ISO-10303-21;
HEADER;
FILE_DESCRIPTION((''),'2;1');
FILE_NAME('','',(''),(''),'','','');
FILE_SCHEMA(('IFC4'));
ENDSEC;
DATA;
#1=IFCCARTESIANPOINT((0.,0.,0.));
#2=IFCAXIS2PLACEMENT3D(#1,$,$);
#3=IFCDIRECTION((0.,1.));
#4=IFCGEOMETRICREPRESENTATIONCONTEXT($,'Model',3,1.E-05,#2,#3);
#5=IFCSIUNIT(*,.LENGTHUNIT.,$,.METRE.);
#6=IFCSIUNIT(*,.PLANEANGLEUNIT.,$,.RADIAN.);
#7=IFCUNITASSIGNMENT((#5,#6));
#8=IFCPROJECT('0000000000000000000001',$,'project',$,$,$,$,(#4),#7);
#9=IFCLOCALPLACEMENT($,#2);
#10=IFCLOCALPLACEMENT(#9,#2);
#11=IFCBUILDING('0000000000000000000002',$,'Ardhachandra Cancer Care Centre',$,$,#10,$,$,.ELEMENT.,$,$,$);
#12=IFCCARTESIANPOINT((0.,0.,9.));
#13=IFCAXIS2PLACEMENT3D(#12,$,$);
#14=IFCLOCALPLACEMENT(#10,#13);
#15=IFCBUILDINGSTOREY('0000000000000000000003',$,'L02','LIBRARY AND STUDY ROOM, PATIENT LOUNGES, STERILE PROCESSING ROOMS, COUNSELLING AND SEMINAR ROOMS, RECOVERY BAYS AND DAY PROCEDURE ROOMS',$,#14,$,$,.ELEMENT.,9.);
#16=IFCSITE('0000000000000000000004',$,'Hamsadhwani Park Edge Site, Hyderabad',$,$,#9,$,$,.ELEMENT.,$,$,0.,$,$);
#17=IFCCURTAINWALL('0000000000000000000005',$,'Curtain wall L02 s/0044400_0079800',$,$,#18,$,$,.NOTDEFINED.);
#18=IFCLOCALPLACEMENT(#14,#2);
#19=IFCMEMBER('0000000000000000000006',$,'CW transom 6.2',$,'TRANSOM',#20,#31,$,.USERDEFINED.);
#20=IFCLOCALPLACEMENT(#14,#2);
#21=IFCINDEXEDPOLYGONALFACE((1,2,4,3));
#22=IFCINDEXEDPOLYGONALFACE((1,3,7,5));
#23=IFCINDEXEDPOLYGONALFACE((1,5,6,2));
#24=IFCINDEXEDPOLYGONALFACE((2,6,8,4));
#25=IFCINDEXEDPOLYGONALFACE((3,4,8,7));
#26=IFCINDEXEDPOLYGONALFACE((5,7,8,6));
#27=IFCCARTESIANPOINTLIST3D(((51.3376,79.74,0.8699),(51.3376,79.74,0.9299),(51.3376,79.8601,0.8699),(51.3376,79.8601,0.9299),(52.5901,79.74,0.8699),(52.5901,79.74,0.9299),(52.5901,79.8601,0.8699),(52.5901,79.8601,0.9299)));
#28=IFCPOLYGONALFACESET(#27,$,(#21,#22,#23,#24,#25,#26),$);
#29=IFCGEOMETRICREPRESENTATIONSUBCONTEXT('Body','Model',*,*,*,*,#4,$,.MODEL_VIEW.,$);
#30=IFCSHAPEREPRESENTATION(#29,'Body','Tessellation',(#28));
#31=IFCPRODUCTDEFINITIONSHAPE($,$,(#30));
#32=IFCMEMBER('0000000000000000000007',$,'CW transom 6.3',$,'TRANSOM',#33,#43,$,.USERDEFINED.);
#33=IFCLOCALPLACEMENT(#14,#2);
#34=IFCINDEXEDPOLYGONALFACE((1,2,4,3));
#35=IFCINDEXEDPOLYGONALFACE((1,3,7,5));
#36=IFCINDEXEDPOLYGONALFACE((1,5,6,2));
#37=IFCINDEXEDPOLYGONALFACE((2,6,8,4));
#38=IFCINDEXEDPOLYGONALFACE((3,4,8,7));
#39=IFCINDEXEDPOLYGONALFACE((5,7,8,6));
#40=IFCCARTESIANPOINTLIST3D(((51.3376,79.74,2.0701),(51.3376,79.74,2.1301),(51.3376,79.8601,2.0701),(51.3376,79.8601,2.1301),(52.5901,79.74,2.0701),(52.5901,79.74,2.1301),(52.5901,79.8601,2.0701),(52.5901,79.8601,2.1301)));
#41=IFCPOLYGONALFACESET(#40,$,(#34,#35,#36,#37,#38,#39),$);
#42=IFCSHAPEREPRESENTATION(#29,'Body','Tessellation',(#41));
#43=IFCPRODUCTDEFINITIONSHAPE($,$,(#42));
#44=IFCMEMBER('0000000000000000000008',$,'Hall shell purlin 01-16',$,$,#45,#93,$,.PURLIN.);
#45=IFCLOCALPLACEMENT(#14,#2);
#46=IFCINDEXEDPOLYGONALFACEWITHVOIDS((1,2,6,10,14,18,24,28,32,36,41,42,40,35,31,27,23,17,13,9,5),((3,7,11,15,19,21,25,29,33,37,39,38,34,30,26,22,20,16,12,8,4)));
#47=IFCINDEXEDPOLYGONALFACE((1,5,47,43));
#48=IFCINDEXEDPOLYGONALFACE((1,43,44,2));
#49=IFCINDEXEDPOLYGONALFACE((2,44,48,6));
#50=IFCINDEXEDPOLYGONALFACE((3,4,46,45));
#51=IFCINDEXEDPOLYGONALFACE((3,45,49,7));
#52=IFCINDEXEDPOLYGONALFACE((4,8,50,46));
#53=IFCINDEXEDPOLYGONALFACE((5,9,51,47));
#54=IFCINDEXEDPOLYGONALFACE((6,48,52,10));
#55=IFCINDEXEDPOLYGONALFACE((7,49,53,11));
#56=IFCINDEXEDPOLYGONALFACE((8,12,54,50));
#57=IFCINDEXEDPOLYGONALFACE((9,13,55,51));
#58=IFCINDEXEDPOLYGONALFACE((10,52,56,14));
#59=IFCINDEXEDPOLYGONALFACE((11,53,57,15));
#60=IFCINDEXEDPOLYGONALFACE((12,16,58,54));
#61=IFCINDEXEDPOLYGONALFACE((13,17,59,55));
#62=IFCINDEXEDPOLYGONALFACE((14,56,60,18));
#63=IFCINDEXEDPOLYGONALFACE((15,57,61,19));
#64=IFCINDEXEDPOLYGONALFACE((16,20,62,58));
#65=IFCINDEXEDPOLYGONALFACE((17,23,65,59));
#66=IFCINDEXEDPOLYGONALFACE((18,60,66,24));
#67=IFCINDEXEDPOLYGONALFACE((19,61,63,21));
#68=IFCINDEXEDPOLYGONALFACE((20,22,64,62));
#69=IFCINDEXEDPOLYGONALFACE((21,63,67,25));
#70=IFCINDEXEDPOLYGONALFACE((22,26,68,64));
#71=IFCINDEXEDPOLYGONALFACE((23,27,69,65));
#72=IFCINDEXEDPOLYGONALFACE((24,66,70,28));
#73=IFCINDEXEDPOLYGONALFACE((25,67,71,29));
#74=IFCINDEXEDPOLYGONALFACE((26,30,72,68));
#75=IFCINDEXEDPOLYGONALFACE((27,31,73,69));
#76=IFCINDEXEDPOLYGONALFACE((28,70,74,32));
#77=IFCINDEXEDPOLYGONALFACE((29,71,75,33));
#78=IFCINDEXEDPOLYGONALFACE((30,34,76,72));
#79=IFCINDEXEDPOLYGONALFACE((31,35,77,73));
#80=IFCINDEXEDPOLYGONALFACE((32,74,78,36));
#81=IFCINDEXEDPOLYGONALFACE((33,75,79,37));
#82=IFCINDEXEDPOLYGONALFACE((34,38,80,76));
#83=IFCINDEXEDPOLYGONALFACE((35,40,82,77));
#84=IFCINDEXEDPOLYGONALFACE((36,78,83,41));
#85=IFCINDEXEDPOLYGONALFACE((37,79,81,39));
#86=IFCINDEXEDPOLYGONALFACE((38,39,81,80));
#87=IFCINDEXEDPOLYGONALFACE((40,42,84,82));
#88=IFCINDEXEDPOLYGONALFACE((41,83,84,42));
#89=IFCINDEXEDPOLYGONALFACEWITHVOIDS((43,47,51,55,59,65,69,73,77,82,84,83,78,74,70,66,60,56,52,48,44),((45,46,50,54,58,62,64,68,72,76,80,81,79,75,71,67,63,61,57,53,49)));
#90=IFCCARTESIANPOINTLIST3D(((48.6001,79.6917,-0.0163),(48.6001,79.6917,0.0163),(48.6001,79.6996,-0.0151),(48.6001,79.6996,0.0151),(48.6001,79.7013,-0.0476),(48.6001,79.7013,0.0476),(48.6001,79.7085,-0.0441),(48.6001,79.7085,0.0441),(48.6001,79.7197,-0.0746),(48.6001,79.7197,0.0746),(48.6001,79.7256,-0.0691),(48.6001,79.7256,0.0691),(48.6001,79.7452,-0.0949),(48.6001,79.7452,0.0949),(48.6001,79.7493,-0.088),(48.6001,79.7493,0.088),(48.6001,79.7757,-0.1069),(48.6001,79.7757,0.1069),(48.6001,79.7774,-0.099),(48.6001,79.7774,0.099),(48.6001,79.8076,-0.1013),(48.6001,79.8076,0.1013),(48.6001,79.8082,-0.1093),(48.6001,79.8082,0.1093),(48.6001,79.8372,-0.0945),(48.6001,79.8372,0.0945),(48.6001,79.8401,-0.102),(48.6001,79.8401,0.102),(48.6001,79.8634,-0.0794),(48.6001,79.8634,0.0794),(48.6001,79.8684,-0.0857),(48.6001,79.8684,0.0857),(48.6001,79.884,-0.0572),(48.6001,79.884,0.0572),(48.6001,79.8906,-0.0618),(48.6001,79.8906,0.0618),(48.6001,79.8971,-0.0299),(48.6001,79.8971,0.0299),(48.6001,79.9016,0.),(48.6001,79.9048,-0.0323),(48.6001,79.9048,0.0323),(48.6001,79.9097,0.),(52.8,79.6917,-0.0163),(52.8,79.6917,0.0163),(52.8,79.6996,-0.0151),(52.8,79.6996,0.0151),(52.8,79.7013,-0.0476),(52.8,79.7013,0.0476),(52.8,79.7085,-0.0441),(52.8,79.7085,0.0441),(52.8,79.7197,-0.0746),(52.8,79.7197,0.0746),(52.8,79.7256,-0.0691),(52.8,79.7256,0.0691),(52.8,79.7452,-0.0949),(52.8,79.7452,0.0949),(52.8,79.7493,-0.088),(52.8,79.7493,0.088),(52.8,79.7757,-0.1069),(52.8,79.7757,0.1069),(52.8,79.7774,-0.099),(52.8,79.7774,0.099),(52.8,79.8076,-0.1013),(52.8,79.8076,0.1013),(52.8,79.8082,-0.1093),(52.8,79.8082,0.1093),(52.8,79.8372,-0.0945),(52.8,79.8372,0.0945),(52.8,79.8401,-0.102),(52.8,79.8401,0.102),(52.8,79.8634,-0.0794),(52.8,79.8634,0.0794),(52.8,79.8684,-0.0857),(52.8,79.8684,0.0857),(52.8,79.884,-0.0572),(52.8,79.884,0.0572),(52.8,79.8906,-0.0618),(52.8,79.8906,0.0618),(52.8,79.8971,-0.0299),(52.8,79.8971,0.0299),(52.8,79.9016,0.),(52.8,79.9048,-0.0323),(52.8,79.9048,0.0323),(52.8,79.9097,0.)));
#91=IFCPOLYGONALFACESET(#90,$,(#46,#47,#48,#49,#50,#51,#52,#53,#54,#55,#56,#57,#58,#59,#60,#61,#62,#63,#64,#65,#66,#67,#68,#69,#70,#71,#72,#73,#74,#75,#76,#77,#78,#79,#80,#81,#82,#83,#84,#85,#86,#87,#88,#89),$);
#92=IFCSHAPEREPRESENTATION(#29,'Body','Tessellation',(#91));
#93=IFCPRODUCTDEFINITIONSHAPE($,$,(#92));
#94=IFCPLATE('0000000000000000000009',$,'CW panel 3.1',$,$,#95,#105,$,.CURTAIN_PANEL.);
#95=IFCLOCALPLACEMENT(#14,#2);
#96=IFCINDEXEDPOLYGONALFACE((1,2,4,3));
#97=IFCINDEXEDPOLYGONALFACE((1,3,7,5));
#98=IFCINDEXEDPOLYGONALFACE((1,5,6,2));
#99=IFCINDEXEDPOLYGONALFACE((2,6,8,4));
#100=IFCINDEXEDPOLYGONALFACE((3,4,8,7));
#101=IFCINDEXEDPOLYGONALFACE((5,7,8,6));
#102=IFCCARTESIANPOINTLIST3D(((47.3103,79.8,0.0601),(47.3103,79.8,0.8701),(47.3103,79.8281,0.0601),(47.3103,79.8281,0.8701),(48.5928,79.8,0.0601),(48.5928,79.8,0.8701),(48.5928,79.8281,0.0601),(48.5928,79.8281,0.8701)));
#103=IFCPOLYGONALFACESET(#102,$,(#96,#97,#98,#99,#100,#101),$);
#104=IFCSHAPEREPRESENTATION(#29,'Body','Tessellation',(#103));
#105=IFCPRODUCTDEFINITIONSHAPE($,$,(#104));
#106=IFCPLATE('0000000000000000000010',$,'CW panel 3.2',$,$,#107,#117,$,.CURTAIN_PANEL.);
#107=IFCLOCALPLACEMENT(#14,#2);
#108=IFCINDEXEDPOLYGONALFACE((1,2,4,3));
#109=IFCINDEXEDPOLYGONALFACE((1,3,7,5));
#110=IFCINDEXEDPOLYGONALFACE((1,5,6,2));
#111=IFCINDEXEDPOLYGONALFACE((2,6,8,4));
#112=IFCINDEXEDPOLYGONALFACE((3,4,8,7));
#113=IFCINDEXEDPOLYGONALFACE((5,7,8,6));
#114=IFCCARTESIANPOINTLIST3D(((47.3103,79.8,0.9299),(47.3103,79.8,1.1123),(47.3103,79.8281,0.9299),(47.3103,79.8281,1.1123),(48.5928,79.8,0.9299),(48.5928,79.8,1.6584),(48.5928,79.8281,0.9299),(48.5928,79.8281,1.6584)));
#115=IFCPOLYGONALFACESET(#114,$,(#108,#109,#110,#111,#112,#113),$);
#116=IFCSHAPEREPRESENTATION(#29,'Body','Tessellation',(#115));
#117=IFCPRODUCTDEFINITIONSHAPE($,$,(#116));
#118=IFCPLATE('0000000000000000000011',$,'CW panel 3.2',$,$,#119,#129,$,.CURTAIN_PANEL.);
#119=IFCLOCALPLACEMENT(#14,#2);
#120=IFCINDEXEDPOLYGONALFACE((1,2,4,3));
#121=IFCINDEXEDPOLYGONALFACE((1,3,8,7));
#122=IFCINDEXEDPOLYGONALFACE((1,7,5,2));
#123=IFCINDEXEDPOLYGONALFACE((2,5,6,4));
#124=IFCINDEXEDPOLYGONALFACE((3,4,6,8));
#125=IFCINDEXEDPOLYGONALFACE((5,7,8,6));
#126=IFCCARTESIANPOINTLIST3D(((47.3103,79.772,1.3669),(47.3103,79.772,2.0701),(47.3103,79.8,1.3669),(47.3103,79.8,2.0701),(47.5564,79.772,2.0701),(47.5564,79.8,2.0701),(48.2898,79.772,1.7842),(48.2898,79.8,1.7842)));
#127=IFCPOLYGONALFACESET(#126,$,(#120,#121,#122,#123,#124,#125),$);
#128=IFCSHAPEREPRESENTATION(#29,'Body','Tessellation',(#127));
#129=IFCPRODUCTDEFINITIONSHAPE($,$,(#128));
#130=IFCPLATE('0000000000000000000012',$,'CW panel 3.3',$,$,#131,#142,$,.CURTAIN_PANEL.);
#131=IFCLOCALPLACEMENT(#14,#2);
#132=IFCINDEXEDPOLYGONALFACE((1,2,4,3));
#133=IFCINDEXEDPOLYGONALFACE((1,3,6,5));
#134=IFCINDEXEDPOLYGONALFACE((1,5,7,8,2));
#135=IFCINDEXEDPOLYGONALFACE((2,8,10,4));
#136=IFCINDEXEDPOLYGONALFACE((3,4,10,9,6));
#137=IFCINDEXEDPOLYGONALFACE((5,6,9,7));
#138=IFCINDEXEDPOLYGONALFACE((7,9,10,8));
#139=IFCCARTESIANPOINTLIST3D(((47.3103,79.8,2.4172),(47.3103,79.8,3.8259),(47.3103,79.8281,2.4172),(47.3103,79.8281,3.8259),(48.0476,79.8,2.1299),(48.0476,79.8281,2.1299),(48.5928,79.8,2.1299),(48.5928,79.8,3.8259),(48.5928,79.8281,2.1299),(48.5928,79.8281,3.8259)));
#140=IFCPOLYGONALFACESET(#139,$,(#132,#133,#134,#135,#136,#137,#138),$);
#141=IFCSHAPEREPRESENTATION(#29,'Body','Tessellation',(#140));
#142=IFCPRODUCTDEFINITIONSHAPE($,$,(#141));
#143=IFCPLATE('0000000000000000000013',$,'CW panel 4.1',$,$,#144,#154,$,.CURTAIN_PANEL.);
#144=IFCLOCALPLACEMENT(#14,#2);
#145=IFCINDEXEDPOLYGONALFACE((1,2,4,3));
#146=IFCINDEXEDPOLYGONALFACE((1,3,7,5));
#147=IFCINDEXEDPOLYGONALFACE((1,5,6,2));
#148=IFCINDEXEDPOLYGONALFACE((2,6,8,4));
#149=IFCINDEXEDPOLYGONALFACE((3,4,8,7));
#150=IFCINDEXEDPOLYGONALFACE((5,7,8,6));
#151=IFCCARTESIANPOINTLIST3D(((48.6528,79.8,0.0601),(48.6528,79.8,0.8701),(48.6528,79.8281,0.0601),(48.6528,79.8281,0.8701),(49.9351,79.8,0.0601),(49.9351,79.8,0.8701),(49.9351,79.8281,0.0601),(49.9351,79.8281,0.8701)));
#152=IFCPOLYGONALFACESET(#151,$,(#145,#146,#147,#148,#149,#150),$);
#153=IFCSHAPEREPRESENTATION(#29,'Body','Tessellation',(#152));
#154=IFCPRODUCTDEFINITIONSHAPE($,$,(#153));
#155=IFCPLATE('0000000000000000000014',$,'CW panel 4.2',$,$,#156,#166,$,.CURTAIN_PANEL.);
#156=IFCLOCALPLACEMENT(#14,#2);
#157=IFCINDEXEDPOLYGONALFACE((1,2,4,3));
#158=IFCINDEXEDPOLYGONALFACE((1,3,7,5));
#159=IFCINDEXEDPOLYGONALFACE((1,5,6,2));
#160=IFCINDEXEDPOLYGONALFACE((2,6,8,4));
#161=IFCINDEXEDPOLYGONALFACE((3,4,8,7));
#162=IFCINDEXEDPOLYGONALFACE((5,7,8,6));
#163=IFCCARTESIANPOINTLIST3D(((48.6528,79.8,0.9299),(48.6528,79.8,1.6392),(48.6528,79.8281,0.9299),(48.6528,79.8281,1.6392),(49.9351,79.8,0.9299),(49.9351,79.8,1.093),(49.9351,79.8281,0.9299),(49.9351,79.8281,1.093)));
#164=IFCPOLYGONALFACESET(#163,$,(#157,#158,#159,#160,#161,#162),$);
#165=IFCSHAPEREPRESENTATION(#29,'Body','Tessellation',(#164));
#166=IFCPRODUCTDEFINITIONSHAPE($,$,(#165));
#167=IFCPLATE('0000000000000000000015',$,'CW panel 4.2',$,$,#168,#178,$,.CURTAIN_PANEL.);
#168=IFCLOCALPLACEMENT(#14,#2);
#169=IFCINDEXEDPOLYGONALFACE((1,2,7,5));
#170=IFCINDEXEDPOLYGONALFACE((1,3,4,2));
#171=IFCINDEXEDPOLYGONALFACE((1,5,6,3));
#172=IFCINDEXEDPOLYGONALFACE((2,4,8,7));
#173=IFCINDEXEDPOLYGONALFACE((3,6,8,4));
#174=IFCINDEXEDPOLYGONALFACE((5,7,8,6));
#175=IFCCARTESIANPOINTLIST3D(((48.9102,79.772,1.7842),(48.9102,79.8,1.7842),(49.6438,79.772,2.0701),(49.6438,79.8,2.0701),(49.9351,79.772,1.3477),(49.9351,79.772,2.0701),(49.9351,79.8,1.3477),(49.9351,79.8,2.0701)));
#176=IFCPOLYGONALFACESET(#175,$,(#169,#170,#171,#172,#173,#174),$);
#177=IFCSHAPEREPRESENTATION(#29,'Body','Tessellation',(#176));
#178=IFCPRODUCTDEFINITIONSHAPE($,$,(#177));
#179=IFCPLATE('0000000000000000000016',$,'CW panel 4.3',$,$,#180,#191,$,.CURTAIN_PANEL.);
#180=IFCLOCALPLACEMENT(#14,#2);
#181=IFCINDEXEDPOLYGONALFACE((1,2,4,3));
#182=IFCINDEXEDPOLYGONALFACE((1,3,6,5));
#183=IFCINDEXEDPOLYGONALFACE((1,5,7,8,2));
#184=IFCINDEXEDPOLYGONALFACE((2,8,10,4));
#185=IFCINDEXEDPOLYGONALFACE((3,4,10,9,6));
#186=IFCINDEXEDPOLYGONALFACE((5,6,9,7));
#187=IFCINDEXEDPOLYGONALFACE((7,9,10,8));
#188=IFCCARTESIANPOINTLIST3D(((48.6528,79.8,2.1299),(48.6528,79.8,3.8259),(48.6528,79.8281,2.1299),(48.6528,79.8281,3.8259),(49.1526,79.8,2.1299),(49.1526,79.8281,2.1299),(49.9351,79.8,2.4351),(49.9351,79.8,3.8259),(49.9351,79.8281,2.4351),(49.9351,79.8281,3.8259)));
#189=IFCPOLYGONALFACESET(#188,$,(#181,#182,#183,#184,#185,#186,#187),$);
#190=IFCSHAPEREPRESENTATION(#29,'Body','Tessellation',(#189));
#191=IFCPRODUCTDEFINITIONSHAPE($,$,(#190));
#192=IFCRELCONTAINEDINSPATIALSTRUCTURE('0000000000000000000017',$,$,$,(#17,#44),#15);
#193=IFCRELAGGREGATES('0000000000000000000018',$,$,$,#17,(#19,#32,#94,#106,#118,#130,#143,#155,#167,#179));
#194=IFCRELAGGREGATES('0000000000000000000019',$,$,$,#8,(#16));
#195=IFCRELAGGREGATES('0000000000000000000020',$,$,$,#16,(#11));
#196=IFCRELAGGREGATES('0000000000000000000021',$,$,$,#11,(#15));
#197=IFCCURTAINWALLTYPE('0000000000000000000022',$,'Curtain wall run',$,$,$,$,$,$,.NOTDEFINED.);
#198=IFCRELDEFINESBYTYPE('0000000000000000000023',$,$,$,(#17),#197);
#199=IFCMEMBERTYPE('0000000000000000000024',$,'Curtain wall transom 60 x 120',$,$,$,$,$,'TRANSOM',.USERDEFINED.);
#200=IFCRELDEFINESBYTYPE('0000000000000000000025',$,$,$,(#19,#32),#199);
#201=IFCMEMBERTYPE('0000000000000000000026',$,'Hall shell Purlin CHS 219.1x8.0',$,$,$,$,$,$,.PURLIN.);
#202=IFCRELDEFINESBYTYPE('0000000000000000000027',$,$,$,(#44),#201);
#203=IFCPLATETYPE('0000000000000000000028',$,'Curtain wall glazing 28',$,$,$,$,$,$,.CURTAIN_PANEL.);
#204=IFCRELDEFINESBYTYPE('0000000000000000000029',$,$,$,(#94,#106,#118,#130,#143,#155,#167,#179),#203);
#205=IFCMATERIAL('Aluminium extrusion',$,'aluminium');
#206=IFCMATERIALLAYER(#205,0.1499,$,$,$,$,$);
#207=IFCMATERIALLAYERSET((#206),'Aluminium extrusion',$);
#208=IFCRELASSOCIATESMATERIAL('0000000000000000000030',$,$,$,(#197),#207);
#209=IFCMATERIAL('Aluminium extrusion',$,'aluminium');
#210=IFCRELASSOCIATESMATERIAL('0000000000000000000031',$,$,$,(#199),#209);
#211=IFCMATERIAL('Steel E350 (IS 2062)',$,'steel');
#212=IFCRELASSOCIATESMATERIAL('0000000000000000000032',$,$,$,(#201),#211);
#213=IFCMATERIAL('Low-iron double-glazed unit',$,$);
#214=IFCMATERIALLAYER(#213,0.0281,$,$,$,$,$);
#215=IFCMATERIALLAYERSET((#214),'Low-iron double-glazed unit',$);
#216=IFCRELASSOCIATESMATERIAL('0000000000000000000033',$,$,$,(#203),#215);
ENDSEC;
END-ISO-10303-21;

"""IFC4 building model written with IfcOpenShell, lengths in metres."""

from ifc_helpers import new_model, si_unit, direction, frame, origin, origin_2d, place, context, subcontext, project, spatial, polyline, rectangle, hollow_circle, outline, extrude, material, layer, layer_set, material_profile, profile_set, type_object, element, aggregate, save


model = new_model("IFC4")

# Units and contexts
model_context = context("Model", 3, precision=1e-05, world=origin(), true_north=direction((0.0, 1.0)))
body_context = subcontext(model_context, "Body", "Model", "MODEL_VIEW")
ifc_project = project(units=[si_unit("LENGTHUNIT", "METRE"), si_unit("PLANEANGLEUNIT", "RADIAN")], contexts=[model_context])

# Site, building, storey
site_placement = place(None, origin())
site = spatial("IfcSite", under=ifc_project, at=site_placement, Name="Hamsadhwani Park Edge Site, Hyderabad", CompositionType="ELEMENT", RefElevation=0.0)
building_placement = place(site_placement, origin())
building = spatial("IfcBuilding", under=site, at=building_placement, Name="Ardhachandra Cancer Care Centre", CompositionType="ELEMENT")
storey_placement = place(building_placement, frame((0.0, 0.0, 9.0)))
storey = spatial("IfcBuildingStorey", under=building, at=storey_placement, Name="L02", Description="LIBRARY AND STUDY ROOM, PATIENT LOUNGES, STERILE PROCESSING ROOMS, COUNSELLING AND SEMINAR ROOMS, RECOVERY BAYS AND DAY PROCEDURE ROOMS", CompositionType="ELEMENT", Elevation=9.0)

# Curtain wall, members
ifc_material_1 = material(Name="Aluminium extrusion", Category="aluminium")
ifc_layer_1 = layer(ifc_material_1, 0.1499)
ifc_layer_set_1 = layer_set([ifc_layer_1], Name="Aluminium extrusion")
curtain_wall_type = type_object("IfcCurtainWallType", Name="Curtain wall run", PredefinedType="NOTDEFINED", material=ifc_layer_set_1)
curtain_wall_placement = place(storey_placement, origin())
curtain_wall = element("IfcCurtainWall", 1, at=curtain_wall_placement, inside=storey, type_object=curtain_wall_type, Name="Curtain wall L02 s/0044400_0079800", PredefinedType="NOTDEFINED")
ifc_material_2 = material(Name="Aluminium extrusion", Category="aluminium")
ifc_material_profile_1 = material_profile(ifc_material_2, rectangle(XDim=0.1201, YDim=0.0601, at=origin_2d()), Name="Curtain wall transom 60 x 120")
ifc_profile_set_1 = profile_set([ifc_material_profile_1], Name="Aluminium extrusion")
member_type_1 = type_object("IfcMemberType", Name="Curtain wall transom 60 x 120", ElementType="TRANSOM", PredefinedType="USERDEFINED", material=ifc_profile_set_1)
member_1_placement = place(storey_placement, frame((51.3376, 79.8, 0.8999), z_axis=(1.0, 0.0, 0.0), x_axis=(0.0, 1.0, 0.0)))
member_1 = element("IfcMember", 2, at=member_1_placement, type_object=member_type_1, Name="CW transom 6.2", ObjectType="TRANSOM", PredefinedType="USERDEFINED", context=body_context, shape_type="SweptSolid", body=[
    extrude(rectangle(XDim=0.1201, YDim=0.0601, at=origin_2d()), origin(), (0.0, 0.0, 1.0), 1.2524),
])
member_2_placement = place(storey_placement, frame((51.3376, 79.8, 2.1001), z_axis=(1.0, 0.0, 0.0), x_axis=(0.0, 1.0, 0.0)))
member_2 = element("IfcMember", 3, at=member_2_placement, type_object=member_type_1, Name="CW transom 6.3", ObjectType="TRANSOM", PredefinedType="USERDEFINED", context=body_context, shape_type="SweptSolid", body=[
    extrude(rectangle(XDim=0.1201, YDim=0.0601, at=origin_2d()), origin(), (0.0, 0.0, 1.0), 1.2524),
])

# Member
ifc_material_3 = material(Name="Steel E350 (IS 2062)", Category="steel")
ifc_material_profile_2 = material_profile(ifc_material_3, hollow_circle(Radius=0.1096, WallThickness=0.0081, at=origin_2d()), Name="CHS 219.1x8.0")
ifc_profile_set_2 = profile_set([ifc_material_profile_2], Name="Steel E350 (IS 2062)")
member_type_2 = type_object("IfcMemberType", Name="Hall shell Purlin CHS 219.1x8.0", PredefinedType="PURLIN", material=ifc_profile_set_2)
member_3_placement = place(storey_placement, frame((48.6001, 79.8, 0.0), z_axis=(1.0, 0.0, 0.0), x_axis=(0.0, 1.0, 0.0)))
element("IfcMember", 4, at=member_3_placement, inside=storey, type_object=member_type_2, Name="Hall shell purlin 01-16", PredefinedType="PURLIN", context=body_context, shape_type="SweptSolid", body=[
    extrude(hollow_circle(Radius=0.1096, WallThickness=0.0081, at=origin_2d()), origin(), (0.0, 0.0, 1.0), 4.2),
])

# Plates
ifc_material_4 = material(Name="Low-iron double-glazed unit")
ifc_layer_2 = layer(ifc_material_4, 0.0281)
ifc_layer_set_2 = layer_set([ifc_layer_2], Name="Low-iron double-glazed unit")
plate_type_1 = type_object("IfcPlateType", Name="Curtain wall glazing 28", PredefinedType="CURTAIN_PANEL", material=ifc_layer_set_2)
plate_1_placement = place(storey_placement, frame((47.3103, 79.8, 0.0601), z_axis=(0.0, 1.0, 0.0), x_axis=(0.0, 0.0, 1.0)))
plate_1 = element("IfcPlate", 5, at=plate_1_placement, type_object=plate_type_1, Name="CW panel 3.1", PredefinedType="CURTAIN_PANEL", context=body_context, shape_type="SweptSolid", body=[
    extrude(outline(polyline([(0.0, 0.0), (0.8101, 0.0), (0.8101, 1.2825), (0.0, 1.2825), (0.0, 0.0)])), origin(), (0.0, 0.0, 1.0), 0.0281),
])
plate_2_placement = place(storey_placement, frame((48.5928, 79.8, 0.9299), z_axis=(0.0, 1.0, 0.0), x_axis=(-1.0, 0.0, 0.0)))
plate_2 = element("IfcPlate", 6, at=plate_2_placement, type_object=plate_type_1, Name="CW panel 3.2", PredefinedType="CURTAIN_PANEL", context=body_context, shape_type="SweptSolid", body=[
    extrude(outline(polyline([(0.0, 0.0), (1.2825, 0.0), (1.2825, 0.1824), (0.0, 0.7285), (0.0, 0.0)])), origin(), (0.0, 0.0, 1.0), 0.0281),
])
plate_3_placement = place(storey_placement, frame((47.3103, 79.8, 2.0701), z_axis=(0.0, 1.0, 0.0), x_axis=(1.0, 0.0, 0.0)))
plate_3 = element("IfcPlate", 7, at=plate_3_placement, type_object=plate_type_1, Name="CW panel 3.2", PredefinedType="CURTAIN_PANEL", context=body_context, shape_type="SweptSolid", body=[
    extrude(outline(polyline([(0.0, 0.0), (0.2461, 0.0), (0.9795, 0.2859), (0.0, 0.7031), (0.0, 0.0)])), frame((0.0, 0.0, -0.0281)), (0.0, 0.0, 1.0), 0.0281),
])
plate_4_placement = place(storey_placement, frame((47.3103, 79.8, 3.8259), z_axis=(0.0, 1.0, 0.0), x_axis=(1.0, 0.0, 0.0)))
plate_4 = element("IfcPlate", 8, at=plate_4_placement, type_object=plate_type_1, Name="CW panel 3.3", PredefinedType="CURTAIN_PANEL", context=body_context, shape_type="SweptSolid", body=[
    extrude(outline(polyline([(0.0, 0.0), (1.2825, 0.0), (1.2825, 1.696), (0.7373, 1.696), (0.0, 1.4087), (0.0, 0.0)])), origin(), (0.0, 0.0, 1.0), 0.0281),
])
plate_5_placement = place(storey_placement, frame((48.6528, 79.8, 0.0601), z_axis=(0.0, 1.0, 0.0), x_axis=(0.0, 0.0, 1.0)))
plate_5 = element("IfcPlate", 9, at=plate_5_placement, type_object=plate_type_1, Name="CW panel 4.1", PredefinedType="CURTAIN_PANEL", context=body_context, shape_type="SweptSolid", body=[
    extrude(outline(polyline([(0.0, 0.0), (0.8101, 0.0), (0.8101, 1.2822), (0.0, 1.2822), (0.0, 0.0)])), origin(), (0.0, 0.0, 1.0), 0.0281),
])
plate_6_placement = place(storey_placement, frame((49.9351, 79.8, 0.9299), z_axis=(0.0, 1.0, 0.0), x_axis=(-1.0, 0.0, 0.0)))
plate_6 = element("IfcPlate", 10, at=plate_6_placement, type_object=plate_type_1, Name="CW panel 4.2", PredefinedType="CURTAIN_PANEL", context=body_context, shape_type="SweptSolid", body=[
    extrude(outline(polyline([(0.0, 0.0), (1.2822, 0.0), (1.2822, 0.7092), (0.0, 0.1631), (0.0, 0.0)])), origin(), (0.0, 0.0, 1.0), 0.0281),
])
plate_7_placement = place(storey_placement, frame((49.9351, 79.8, 2.0701), z_axis=(0.0, 1.0, 0.0), x_axis=(0.0, 0.0, -1.0)))
plate_7 = element("IfcPlate", 11, at=plate_7_placement, type_object=plate_type_1, Name="CW panel 4.2", PredefinedType="CURTAIN_PANEL", context=body_context, shape_type="SweptSolid", body=[
    extrude(outline(polyline([(0.0, 0.0), (0.7224, 0.0), (0.2859, 1.0249), (0.0, 0.2913), (0.0, 0.0)])), frame((0.0, 0.0, -0.0281)), (0.0, 0.0, 1.0), 0.0281),
])
plate_8_placement = place(storey_placement, frame((48.6528, 79.8, 2.1299), z_axis=(0.0, 1.0, 0.0), x_axis=(0.0, 0.0, 1.0)))
plate_8 = element("IfcPlate", 12, at=plate_8_placement, type_object=plate_type_1, Name="CW panel 4.3", PredefinedType="CURTAIN_PANEL", context=body_context, shape_type="SweptSolid", body=[
    extrude(outline(polyline([(0.0, 0.0), (1.696, 0.0), (1.696, 1.2822), (0.3052, 1.2822), (0.0, 0.4998), (0.0, 0.0)])), origin(), (0.0, 0.0, 1.0), 0.0281),
])
aggregate(curtain_wall, [member_1, member_2, plate_1, plate_2, plate_3, plate_4, plate_5, plate_6, plate_7, plate_8])

save(model, "model.ifc")
